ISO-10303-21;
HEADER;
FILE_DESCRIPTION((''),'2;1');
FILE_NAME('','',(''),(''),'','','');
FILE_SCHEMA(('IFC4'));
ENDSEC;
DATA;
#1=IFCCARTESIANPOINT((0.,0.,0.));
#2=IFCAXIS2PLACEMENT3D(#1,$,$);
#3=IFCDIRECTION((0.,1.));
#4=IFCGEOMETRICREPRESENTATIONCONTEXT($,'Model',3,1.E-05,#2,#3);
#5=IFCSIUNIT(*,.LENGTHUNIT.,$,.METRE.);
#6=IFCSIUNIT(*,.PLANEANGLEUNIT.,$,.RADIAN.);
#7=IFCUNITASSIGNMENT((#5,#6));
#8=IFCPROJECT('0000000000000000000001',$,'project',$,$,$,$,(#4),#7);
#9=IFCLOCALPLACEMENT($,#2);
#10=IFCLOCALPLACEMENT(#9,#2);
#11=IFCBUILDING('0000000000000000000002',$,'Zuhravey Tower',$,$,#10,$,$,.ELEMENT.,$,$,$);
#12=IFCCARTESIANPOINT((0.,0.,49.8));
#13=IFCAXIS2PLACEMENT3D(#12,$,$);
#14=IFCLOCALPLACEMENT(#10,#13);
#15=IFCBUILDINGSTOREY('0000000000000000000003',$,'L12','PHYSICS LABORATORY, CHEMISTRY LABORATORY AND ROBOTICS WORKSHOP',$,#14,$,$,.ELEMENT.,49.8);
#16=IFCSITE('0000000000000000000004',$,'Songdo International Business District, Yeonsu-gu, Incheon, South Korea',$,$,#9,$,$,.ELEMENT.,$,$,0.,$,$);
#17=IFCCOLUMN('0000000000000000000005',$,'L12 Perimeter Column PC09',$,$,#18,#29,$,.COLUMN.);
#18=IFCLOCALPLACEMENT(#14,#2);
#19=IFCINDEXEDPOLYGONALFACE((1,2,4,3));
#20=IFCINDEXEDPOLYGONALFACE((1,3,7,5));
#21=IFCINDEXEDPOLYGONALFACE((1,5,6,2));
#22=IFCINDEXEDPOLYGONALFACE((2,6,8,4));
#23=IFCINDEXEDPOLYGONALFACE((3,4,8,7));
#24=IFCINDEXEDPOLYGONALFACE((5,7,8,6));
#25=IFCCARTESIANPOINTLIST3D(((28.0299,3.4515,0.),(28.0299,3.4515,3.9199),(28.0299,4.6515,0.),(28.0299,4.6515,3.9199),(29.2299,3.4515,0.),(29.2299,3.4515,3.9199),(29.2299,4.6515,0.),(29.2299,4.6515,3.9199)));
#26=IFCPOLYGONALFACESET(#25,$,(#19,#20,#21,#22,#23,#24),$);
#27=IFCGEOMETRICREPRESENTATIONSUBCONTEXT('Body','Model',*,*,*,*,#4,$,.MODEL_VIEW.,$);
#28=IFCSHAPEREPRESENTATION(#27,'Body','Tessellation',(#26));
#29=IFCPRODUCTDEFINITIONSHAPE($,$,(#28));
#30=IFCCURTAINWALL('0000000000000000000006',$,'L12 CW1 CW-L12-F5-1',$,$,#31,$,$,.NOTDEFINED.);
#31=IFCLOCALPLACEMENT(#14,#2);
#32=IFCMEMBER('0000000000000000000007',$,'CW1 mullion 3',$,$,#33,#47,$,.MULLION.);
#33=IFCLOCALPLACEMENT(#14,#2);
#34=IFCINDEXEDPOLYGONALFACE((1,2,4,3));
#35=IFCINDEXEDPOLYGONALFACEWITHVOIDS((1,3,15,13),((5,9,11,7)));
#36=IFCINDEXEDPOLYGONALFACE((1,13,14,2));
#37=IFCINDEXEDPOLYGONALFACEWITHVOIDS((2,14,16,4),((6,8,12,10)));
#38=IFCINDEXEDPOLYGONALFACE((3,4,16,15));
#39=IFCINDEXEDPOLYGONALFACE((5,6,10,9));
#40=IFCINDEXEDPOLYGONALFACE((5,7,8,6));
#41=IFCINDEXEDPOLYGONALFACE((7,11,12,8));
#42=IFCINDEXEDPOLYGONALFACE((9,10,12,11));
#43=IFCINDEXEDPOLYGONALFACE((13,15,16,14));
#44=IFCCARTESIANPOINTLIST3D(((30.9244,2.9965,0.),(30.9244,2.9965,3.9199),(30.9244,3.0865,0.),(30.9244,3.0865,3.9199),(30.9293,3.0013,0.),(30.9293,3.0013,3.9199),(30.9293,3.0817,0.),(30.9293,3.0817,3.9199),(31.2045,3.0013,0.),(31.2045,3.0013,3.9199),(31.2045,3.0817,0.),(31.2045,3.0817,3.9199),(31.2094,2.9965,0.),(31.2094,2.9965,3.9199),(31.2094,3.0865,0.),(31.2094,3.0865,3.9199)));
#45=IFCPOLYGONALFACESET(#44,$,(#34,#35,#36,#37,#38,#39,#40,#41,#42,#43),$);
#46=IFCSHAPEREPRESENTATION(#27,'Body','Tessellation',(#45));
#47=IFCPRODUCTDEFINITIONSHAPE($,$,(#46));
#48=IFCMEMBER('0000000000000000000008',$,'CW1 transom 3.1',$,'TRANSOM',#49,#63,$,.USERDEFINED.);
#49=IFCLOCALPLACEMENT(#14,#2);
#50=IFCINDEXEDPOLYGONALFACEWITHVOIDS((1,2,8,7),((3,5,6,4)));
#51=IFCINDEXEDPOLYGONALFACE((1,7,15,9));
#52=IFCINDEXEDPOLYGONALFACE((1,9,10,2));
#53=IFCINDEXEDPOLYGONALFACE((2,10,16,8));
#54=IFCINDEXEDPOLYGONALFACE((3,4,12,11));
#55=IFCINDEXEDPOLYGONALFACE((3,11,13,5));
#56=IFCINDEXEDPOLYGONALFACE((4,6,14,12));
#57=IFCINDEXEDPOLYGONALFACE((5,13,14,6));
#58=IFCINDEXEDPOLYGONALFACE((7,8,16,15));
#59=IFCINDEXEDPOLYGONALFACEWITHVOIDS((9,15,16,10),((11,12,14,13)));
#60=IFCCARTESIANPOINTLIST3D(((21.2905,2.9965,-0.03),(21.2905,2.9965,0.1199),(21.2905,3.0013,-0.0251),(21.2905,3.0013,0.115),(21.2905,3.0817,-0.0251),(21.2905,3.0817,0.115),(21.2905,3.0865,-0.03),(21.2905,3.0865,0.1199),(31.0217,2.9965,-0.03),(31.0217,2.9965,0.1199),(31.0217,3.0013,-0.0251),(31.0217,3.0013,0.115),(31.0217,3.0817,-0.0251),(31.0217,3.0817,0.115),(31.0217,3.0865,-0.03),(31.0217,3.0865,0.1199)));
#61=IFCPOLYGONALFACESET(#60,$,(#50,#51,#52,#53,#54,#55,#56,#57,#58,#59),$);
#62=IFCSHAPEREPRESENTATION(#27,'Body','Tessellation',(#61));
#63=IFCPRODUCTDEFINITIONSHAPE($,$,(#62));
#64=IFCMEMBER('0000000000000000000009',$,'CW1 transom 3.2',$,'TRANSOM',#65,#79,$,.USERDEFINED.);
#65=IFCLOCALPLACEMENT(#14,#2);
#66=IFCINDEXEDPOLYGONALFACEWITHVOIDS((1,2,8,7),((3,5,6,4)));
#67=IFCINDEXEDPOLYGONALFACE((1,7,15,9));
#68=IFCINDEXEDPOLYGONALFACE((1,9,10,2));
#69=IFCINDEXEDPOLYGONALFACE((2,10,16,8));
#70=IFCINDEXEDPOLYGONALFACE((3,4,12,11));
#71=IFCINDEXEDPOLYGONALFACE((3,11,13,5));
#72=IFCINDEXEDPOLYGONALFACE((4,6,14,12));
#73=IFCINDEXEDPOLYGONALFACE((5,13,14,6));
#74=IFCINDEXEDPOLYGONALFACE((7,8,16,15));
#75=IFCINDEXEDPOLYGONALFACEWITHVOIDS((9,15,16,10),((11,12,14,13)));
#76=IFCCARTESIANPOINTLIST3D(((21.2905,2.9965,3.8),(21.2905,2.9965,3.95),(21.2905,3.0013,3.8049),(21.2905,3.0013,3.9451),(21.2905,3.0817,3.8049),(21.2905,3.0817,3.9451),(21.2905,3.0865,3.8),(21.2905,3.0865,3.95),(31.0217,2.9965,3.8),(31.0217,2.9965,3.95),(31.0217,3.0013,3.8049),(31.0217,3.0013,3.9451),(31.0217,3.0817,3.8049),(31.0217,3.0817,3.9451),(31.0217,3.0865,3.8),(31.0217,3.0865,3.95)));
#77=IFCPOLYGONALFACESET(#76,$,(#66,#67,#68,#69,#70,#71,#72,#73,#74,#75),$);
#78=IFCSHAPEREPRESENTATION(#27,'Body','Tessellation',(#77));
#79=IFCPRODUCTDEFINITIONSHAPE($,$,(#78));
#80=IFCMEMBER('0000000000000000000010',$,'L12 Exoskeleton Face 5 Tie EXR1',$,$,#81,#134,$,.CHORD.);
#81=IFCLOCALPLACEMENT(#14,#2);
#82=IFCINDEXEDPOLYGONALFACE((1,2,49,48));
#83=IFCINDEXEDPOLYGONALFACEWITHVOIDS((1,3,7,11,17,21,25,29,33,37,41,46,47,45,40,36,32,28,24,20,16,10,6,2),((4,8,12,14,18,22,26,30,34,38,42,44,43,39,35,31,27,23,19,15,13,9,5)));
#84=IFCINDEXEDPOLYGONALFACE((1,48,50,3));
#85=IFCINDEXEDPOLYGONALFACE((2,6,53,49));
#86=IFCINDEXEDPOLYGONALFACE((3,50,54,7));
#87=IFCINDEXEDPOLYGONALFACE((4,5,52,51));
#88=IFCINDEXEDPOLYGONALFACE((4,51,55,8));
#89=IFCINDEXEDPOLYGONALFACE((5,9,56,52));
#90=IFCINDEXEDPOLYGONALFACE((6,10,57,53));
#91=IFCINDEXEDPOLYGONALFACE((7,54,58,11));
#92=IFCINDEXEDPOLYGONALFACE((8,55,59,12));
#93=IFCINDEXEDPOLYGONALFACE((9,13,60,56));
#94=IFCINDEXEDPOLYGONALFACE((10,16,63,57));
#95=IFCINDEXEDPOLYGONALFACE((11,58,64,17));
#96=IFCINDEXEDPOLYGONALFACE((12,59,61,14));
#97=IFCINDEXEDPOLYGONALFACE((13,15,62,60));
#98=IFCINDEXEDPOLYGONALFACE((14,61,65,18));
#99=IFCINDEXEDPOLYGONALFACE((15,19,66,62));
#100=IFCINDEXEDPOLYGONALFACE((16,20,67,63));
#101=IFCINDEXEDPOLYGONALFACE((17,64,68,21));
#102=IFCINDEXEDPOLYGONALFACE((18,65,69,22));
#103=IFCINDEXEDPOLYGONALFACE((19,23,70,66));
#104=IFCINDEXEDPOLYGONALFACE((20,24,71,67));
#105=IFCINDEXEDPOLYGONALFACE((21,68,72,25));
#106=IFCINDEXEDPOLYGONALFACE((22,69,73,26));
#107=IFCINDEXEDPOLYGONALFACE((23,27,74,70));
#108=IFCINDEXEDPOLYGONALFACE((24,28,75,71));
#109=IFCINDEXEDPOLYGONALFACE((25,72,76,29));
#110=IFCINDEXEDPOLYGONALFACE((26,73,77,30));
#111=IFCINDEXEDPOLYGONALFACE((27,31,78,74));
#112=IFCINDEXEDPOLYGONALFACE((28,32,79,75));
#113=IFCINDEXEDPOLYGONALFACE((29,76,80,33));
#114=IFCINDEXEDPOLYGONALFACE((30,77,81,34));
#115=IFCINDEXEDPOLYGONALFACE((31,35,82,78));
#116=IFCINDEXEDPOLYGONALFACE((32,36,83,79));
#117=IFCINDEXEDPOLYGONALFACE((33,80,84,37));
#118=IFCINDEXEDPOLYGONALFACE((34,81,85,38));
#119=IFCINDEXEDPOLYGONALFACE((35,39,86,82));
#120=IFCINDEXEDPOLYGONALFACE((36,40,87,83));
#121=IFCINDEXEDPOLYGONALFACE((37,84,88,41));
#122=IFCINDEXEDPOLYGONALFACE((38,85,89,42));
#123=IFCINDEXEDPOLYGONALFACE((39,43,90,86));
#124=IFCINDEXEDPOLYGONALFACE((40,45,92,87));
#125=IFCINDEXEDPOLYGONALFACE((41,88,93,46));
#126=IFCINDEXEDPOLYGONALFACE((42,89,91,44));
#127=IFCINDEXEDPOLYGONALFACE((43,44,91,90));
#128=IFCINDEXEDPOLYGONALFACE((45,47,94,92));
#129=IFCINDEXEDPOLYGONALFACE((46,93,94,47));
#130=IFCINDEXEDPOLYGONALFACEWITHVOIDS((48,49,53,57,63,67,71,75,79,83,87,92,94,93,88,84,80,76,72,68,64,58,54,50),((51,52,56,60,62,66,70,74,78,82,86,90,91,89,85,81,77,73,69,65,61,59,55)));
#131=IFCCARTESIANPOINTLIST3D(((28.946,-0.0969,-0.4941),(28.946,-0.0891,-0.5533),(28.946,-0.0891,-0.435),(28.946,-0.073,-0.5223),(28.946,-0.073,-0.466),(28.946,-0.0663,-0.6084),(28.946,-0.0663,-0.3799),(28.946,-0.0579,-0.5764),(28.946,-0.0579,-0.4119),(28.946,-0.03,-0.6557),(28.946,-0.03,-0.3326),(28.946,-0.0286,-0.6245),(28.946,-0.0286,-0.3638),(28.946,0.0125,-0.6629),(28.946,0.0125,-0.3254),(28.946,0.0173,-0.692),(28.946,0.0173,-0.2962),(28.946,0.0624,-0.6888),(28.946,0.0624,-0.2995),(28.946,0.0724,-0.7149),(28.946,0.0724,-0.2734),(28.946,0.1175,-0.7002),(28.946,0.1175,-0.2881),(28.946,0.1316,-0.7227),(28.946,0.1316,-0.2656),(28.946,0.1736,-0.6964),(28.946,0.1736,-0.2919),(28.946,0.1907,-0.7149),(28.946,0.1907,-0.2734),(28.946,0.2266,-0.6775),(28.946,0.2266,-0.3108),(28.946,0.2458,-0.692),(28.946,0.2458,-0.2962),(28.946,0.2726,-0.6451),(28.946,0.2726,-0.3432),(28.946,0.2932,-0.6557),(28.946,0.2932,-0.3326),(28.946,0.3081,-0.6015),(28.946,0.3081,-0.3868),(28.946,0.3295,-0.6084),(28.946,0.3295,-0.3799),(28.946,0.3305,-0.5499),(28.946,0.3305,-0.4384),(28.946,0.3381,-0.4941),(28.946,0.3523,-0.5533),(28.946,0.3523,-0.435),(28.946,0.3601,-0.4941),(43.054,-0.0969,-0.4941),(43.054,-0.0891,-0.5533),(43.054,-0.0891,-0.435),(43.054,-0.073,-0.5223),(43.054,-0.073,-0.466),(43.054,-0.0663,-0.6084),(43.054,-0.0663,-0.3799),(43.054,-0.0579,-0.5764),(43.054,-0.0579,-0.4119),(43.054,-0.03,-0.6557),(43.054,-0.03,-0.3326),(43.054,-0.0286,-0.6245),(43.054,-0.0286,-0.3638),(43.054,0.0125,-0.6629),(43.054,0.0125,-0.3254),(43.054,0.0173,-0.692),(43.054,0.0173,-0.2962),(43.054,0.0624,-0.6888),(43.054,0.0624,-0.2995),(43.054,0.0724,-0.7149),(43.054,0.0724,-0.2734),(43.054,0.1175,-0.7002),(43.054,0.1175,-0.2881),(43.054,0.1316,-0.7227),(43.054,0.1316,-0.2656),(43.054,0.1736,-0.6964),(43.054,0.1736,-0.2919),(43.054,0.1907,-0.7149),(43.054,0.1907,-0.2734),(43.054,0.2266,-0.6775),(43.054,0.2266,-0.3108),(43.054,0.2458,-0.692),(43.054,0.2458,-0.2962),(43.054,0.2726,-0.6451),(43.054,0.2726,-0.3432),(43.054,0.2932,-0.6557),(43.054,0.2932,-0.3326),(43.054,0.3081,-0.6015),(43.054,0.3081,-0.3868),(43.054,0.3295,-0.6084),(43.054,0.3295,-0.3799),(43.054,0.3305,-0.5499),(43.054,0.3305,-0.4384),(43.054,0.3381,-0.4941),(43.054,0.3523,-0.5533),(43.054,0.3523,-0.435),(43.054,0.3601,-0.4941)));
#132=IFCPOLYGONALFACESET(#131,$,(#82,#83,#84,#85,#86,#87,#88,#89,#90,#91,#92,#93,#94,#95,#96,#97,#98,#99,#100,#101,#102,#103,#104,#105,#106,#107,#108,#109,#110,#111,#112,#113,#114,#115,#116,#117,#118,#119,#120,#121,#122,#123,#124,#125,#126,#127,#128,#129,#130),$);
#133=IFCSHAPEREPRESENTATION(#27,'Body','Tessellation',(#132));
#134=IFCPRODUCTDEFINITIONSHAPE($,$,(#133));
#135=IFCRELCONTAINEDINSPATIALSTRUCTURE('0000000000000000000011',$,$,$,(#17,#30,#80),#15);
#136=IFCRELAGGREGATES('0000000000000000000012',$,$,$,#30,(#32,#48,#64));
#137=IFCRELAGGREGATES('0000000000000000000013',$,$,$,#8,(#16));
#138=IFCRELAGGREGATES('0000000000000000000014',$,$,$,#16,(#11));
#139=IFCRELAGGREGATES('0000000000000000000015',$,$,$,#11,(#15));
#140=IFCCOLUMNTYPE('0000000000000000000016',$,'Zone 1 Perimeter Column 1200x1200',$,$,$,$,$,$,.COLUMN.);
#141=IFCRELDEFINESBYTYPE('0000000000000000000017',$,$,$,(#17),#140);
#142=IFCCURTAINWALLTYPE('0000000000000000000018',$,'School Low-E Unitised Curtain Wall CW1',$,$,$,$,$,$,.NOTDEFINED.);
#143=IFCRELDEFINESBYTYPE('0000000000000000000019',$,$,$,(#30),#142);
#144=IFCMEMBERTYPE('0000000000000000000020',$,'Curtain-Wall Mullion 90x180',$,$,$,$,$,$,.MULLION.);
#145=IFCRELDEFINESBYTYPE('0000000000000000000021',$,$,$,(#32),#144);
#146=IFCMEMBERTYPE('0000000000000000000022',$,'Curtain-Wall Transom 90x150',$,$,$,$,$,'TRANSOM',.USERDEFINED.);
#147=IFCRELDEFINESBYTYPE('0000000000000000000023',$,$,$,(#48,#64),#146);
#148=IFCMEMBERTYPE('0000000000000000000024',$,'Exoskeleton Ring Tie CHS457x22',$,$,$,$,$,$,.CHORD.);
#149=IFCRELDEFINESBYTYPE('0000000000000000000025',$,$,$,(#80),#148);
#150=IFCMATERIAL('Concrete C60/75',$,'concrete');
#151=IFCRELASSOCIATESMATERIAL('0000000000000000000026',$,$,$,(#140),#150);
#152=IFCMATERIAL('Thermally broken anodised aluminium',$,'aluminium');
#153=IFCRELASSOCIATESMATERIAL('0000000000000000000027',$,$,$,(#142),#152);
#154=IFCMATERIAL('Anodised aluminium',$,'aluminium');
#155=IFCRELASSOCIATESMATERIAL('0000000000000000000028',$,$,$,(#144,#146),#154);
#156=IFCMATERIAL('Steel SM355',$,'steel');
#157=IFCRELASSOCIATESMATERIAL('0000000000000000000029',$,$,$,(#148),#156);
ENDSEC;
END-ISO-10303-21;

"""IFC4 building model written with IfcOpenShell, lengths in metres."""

from ifc_helpers import new_model, si_unit, direction, frame, origin, origin_2d, place, context, subcontext, project, spatial, rectangle, hollow_rectangle, hollow_circle, extrude, material, material_profile, profile_set, type_object, element, aggregate, save


model = new_model("IFC4")

# Units and contexts
model_context = context("Model", 3, precision=1e-05, world=origin(), true_north=direction((0.0, 1.0)))
body_context = subcontext(model_context, "Body", "Model", "MODEL_VIEW")
ifc_project = project(units=[si_unit("LENGTHUNIT", "METRE"), si_unit("PLANEANGLEUNIT", "RADIAN")], contexts=[model_context])

# Site, building, storey
site_placement = place(None, origin())
site = spatial("IfcSite", under=ifc_project, at=site_placement, Name="Songdo International Business District, Yeonsu-gu, Incheon, South Korea", CompositionType="ELEMENT", RefElevation=0.0)
building_placement = place(site_placement, origin())
building = spatial("IfcBuilding", under=site, at=building_placement, Name="Zuhravey Tower", CompositionType="ELEMENT")
storey_placement = place(building_placement, frame((0.0, 0.0, 49.8)))
storey = spatial("IfcBuildingStorey", under=building, at=storey_placement, Name="L12", Description="PHYSICS LABORATORY, CHEMISTRY LABORATORY AND ROBOTICS WORKSHOP", CompositionType="ELEMENT", Elevation=49.8)

# Column
ifc_material_1 = material(Name="Concrete C60/75", Category="concrete")
ifc_material_profile_1 = material_profile(ifc_material_1, rectangle(XDim=1.2, YDim=1.2, at=origin_2d()), Name="RC-1200x1200")
ifc_profile_set_1 = profile_set([ifc_material_profile_1], Name="Concrete C60/75")
column_type = type_object("IfcColumnType", Name="Zone 1 Perimeter Column 1200x1200", PredefinedType="COLUMN", material=ifc_profile_set_1)
column_placement = place(storey_placement, frame((28.6299, 4.0515, 0.0), z_axis=(0.0, 0.0, 1.0), x_axis=(1.0, 0.0, 0.0)))
element("IfcColumn", 1, at=column_placement, inside=storey, type_object=column_type, Name="L12 Perimeter Column PC09", PredefinedType="COLUMN", context=body_context, shape_type="SweptSolid", body=[
    extrude(rectangle(XDim=1.2, YDim=1.2, at=origin_2d()), origin(), (0.0, 0.0, 1.0), 3.9199),
])

# Curtain wall, members
ifc_material_2 = material(Name="Thermally broken anodised aluminium", Category="aluminium")
curtain_wall_type = type_object("IfcCurtainWallType", Name="School Low-E Unitised Curtain Wall CW1", PredefinedType="NOTDEFINED", material=ifc_material_2)
curtain_wall_placement = place(storey_placement, origin())
curtain_wall = element("IfcCurtainWall", 2, at=curtain_wall_placement, inside=storey, type_object=curtain_wall_type, Name="L12 CW1 CW-L12-F5-1", PredefinedType="NOTDEFINED")
ifc_material_3 = material(Name="Anodised aluminium", Category="aluminium")
ifc_material_profile_2 = material_profile(ifc_material_3, hollow_rectangle(XDim=0.0901, YDim=0.2849, WallThickness=0.0049, at=origin_2d()), Name="ALU-RHS-90x285x5")
ifc_profile_set_2 = profile_set([ifc_material_profile_2], Name="Anodised aluminium")
member_type_1 = type_object("IfcMemberType", Name="Curtain-Wall Mullion 90x180", PredefinedType="MULLION", material=ifc_profile_set_2)
member_1_placement = place(storey_placement, frame((31.0669, 3.0415, 0.0), z_axis=(0.0, 0.0, 1.0), x_axis=(0.0, -1.0, 0.0)))
member_1 = element("IfcMember", 3, at=member_1_placement, type_object=member_type_1, Name="CW1 mullion 3", PredefinedType="MULLION", context=body_context, shape_type="SweptSolid", body=[
    extrude(hollow_rectangle(XDim=0.0901, YDim=0.2849, WallThickness=0.0049, at=origin_2d()), origin(), (0.0, 0.0, 1.0), 3.9199),
])
ifc_material_profile_3 = material_profile(ifc_material_3, hollow_rectangle(XDim=0.0901, YDim=0.1499, WallThickness=0.0049, at=origin_2d()), Name="ALU-RHS-90x150x5")
ifc_profile_set_3 = profile_set([ifc_material_profile_3], Name="Anodised aluminium")
member_type_2 = type_object("IfcMemberType", Name="Curtain-Wall Transom 90x150", ElementType="TRANSOM", PredefinedType="USERDEFINED", material=ifc_profile_set_3)
member_2_placement = place(storey_placement, frame((31.0217, 3.0415, 0.0449), z_axis=(-1.0, 0.0, 0.0), x_axis=(0.0, -1.0, 0.0)))
member_2 = element("IfcMember", 4, at=member_2_placement, type_object=member_type_2, Name="CW1 transom 3.1", ObjectType="TRANSOM", PredefinedType="USERDEFINED", context=body_context, shape_type="SweptSolid", body=[
    extrude(hollow_rectangle(XDim=0.0901, YDim=0.1499, WallThickness=0.0049, at=origin_2d()), origin(), (0.0, 0.0, 1.0), 9.7312),
])
member_3_placement = place(storey_placement, frame((31.0217, 3.0415, 3.875), z_axis=(-1.0, 0.0, 0.0), x_axis=(0.0, -1.0, 0.0)))
member_3 = element("IfcMember", 5, at=member_3_placement, type_object=member_type_2, Name="CW1 transom 3.2", ObjectType="TRANSOM", PredefinedType="USERDEFINED", context=body_context, shape_type="SweptSolid", body=[
    extrude(hollow_rectangle(XDim=0.0901, YDim=0.1499, WallThickness=0.0049, at=origin_2d()), origin(), (0.0, 0.0, 1.0), 9.7312),
])

# Member
ifc_material_4 = material(Name="Steel SM355", Category="steel")
ifc_material_profile_4 = material_profile(ifc_material_4, hollow_circle(Radius=0.2285, WallThickness=0.022, at=origin_2d()), Name="CHS-457.2x22")
ifc_profile_set_4 = profile_set([ifc_material_profile_4], Name="Steel SM355")
member_type_3 = type_object("IfcMemberType", Name="Exoskeleton Ring Tie CHS457x22", PredefinedType="CHORD", material=ifc_profile_set_4)
member_4_placement = place(storey_placement, frame((28.946, 0.1316, -0.4941), z_axis=(1.0, 0.0, 0.0), x_axis=(0.0, 1.0, 0.0)))
element("IfcMember", 6, at=member_4_placement, inside=storey, type_object=member_type_3, Name="L12 Exoskeleton Face 5 Tie EXR1", PredefinedType="CHORD", context=body_context, shape_type="SweptSolid", body=[
    extrude(hollow_circle(Radius=0.2285, WallThickness=0.022, at=origin_2d()), origin(), (0.0, 0.0, 1.0), 14.1079),
])

aggregate(curtain_wall, [member_1, member_2, member_3])

save(model, "model.ifc")
